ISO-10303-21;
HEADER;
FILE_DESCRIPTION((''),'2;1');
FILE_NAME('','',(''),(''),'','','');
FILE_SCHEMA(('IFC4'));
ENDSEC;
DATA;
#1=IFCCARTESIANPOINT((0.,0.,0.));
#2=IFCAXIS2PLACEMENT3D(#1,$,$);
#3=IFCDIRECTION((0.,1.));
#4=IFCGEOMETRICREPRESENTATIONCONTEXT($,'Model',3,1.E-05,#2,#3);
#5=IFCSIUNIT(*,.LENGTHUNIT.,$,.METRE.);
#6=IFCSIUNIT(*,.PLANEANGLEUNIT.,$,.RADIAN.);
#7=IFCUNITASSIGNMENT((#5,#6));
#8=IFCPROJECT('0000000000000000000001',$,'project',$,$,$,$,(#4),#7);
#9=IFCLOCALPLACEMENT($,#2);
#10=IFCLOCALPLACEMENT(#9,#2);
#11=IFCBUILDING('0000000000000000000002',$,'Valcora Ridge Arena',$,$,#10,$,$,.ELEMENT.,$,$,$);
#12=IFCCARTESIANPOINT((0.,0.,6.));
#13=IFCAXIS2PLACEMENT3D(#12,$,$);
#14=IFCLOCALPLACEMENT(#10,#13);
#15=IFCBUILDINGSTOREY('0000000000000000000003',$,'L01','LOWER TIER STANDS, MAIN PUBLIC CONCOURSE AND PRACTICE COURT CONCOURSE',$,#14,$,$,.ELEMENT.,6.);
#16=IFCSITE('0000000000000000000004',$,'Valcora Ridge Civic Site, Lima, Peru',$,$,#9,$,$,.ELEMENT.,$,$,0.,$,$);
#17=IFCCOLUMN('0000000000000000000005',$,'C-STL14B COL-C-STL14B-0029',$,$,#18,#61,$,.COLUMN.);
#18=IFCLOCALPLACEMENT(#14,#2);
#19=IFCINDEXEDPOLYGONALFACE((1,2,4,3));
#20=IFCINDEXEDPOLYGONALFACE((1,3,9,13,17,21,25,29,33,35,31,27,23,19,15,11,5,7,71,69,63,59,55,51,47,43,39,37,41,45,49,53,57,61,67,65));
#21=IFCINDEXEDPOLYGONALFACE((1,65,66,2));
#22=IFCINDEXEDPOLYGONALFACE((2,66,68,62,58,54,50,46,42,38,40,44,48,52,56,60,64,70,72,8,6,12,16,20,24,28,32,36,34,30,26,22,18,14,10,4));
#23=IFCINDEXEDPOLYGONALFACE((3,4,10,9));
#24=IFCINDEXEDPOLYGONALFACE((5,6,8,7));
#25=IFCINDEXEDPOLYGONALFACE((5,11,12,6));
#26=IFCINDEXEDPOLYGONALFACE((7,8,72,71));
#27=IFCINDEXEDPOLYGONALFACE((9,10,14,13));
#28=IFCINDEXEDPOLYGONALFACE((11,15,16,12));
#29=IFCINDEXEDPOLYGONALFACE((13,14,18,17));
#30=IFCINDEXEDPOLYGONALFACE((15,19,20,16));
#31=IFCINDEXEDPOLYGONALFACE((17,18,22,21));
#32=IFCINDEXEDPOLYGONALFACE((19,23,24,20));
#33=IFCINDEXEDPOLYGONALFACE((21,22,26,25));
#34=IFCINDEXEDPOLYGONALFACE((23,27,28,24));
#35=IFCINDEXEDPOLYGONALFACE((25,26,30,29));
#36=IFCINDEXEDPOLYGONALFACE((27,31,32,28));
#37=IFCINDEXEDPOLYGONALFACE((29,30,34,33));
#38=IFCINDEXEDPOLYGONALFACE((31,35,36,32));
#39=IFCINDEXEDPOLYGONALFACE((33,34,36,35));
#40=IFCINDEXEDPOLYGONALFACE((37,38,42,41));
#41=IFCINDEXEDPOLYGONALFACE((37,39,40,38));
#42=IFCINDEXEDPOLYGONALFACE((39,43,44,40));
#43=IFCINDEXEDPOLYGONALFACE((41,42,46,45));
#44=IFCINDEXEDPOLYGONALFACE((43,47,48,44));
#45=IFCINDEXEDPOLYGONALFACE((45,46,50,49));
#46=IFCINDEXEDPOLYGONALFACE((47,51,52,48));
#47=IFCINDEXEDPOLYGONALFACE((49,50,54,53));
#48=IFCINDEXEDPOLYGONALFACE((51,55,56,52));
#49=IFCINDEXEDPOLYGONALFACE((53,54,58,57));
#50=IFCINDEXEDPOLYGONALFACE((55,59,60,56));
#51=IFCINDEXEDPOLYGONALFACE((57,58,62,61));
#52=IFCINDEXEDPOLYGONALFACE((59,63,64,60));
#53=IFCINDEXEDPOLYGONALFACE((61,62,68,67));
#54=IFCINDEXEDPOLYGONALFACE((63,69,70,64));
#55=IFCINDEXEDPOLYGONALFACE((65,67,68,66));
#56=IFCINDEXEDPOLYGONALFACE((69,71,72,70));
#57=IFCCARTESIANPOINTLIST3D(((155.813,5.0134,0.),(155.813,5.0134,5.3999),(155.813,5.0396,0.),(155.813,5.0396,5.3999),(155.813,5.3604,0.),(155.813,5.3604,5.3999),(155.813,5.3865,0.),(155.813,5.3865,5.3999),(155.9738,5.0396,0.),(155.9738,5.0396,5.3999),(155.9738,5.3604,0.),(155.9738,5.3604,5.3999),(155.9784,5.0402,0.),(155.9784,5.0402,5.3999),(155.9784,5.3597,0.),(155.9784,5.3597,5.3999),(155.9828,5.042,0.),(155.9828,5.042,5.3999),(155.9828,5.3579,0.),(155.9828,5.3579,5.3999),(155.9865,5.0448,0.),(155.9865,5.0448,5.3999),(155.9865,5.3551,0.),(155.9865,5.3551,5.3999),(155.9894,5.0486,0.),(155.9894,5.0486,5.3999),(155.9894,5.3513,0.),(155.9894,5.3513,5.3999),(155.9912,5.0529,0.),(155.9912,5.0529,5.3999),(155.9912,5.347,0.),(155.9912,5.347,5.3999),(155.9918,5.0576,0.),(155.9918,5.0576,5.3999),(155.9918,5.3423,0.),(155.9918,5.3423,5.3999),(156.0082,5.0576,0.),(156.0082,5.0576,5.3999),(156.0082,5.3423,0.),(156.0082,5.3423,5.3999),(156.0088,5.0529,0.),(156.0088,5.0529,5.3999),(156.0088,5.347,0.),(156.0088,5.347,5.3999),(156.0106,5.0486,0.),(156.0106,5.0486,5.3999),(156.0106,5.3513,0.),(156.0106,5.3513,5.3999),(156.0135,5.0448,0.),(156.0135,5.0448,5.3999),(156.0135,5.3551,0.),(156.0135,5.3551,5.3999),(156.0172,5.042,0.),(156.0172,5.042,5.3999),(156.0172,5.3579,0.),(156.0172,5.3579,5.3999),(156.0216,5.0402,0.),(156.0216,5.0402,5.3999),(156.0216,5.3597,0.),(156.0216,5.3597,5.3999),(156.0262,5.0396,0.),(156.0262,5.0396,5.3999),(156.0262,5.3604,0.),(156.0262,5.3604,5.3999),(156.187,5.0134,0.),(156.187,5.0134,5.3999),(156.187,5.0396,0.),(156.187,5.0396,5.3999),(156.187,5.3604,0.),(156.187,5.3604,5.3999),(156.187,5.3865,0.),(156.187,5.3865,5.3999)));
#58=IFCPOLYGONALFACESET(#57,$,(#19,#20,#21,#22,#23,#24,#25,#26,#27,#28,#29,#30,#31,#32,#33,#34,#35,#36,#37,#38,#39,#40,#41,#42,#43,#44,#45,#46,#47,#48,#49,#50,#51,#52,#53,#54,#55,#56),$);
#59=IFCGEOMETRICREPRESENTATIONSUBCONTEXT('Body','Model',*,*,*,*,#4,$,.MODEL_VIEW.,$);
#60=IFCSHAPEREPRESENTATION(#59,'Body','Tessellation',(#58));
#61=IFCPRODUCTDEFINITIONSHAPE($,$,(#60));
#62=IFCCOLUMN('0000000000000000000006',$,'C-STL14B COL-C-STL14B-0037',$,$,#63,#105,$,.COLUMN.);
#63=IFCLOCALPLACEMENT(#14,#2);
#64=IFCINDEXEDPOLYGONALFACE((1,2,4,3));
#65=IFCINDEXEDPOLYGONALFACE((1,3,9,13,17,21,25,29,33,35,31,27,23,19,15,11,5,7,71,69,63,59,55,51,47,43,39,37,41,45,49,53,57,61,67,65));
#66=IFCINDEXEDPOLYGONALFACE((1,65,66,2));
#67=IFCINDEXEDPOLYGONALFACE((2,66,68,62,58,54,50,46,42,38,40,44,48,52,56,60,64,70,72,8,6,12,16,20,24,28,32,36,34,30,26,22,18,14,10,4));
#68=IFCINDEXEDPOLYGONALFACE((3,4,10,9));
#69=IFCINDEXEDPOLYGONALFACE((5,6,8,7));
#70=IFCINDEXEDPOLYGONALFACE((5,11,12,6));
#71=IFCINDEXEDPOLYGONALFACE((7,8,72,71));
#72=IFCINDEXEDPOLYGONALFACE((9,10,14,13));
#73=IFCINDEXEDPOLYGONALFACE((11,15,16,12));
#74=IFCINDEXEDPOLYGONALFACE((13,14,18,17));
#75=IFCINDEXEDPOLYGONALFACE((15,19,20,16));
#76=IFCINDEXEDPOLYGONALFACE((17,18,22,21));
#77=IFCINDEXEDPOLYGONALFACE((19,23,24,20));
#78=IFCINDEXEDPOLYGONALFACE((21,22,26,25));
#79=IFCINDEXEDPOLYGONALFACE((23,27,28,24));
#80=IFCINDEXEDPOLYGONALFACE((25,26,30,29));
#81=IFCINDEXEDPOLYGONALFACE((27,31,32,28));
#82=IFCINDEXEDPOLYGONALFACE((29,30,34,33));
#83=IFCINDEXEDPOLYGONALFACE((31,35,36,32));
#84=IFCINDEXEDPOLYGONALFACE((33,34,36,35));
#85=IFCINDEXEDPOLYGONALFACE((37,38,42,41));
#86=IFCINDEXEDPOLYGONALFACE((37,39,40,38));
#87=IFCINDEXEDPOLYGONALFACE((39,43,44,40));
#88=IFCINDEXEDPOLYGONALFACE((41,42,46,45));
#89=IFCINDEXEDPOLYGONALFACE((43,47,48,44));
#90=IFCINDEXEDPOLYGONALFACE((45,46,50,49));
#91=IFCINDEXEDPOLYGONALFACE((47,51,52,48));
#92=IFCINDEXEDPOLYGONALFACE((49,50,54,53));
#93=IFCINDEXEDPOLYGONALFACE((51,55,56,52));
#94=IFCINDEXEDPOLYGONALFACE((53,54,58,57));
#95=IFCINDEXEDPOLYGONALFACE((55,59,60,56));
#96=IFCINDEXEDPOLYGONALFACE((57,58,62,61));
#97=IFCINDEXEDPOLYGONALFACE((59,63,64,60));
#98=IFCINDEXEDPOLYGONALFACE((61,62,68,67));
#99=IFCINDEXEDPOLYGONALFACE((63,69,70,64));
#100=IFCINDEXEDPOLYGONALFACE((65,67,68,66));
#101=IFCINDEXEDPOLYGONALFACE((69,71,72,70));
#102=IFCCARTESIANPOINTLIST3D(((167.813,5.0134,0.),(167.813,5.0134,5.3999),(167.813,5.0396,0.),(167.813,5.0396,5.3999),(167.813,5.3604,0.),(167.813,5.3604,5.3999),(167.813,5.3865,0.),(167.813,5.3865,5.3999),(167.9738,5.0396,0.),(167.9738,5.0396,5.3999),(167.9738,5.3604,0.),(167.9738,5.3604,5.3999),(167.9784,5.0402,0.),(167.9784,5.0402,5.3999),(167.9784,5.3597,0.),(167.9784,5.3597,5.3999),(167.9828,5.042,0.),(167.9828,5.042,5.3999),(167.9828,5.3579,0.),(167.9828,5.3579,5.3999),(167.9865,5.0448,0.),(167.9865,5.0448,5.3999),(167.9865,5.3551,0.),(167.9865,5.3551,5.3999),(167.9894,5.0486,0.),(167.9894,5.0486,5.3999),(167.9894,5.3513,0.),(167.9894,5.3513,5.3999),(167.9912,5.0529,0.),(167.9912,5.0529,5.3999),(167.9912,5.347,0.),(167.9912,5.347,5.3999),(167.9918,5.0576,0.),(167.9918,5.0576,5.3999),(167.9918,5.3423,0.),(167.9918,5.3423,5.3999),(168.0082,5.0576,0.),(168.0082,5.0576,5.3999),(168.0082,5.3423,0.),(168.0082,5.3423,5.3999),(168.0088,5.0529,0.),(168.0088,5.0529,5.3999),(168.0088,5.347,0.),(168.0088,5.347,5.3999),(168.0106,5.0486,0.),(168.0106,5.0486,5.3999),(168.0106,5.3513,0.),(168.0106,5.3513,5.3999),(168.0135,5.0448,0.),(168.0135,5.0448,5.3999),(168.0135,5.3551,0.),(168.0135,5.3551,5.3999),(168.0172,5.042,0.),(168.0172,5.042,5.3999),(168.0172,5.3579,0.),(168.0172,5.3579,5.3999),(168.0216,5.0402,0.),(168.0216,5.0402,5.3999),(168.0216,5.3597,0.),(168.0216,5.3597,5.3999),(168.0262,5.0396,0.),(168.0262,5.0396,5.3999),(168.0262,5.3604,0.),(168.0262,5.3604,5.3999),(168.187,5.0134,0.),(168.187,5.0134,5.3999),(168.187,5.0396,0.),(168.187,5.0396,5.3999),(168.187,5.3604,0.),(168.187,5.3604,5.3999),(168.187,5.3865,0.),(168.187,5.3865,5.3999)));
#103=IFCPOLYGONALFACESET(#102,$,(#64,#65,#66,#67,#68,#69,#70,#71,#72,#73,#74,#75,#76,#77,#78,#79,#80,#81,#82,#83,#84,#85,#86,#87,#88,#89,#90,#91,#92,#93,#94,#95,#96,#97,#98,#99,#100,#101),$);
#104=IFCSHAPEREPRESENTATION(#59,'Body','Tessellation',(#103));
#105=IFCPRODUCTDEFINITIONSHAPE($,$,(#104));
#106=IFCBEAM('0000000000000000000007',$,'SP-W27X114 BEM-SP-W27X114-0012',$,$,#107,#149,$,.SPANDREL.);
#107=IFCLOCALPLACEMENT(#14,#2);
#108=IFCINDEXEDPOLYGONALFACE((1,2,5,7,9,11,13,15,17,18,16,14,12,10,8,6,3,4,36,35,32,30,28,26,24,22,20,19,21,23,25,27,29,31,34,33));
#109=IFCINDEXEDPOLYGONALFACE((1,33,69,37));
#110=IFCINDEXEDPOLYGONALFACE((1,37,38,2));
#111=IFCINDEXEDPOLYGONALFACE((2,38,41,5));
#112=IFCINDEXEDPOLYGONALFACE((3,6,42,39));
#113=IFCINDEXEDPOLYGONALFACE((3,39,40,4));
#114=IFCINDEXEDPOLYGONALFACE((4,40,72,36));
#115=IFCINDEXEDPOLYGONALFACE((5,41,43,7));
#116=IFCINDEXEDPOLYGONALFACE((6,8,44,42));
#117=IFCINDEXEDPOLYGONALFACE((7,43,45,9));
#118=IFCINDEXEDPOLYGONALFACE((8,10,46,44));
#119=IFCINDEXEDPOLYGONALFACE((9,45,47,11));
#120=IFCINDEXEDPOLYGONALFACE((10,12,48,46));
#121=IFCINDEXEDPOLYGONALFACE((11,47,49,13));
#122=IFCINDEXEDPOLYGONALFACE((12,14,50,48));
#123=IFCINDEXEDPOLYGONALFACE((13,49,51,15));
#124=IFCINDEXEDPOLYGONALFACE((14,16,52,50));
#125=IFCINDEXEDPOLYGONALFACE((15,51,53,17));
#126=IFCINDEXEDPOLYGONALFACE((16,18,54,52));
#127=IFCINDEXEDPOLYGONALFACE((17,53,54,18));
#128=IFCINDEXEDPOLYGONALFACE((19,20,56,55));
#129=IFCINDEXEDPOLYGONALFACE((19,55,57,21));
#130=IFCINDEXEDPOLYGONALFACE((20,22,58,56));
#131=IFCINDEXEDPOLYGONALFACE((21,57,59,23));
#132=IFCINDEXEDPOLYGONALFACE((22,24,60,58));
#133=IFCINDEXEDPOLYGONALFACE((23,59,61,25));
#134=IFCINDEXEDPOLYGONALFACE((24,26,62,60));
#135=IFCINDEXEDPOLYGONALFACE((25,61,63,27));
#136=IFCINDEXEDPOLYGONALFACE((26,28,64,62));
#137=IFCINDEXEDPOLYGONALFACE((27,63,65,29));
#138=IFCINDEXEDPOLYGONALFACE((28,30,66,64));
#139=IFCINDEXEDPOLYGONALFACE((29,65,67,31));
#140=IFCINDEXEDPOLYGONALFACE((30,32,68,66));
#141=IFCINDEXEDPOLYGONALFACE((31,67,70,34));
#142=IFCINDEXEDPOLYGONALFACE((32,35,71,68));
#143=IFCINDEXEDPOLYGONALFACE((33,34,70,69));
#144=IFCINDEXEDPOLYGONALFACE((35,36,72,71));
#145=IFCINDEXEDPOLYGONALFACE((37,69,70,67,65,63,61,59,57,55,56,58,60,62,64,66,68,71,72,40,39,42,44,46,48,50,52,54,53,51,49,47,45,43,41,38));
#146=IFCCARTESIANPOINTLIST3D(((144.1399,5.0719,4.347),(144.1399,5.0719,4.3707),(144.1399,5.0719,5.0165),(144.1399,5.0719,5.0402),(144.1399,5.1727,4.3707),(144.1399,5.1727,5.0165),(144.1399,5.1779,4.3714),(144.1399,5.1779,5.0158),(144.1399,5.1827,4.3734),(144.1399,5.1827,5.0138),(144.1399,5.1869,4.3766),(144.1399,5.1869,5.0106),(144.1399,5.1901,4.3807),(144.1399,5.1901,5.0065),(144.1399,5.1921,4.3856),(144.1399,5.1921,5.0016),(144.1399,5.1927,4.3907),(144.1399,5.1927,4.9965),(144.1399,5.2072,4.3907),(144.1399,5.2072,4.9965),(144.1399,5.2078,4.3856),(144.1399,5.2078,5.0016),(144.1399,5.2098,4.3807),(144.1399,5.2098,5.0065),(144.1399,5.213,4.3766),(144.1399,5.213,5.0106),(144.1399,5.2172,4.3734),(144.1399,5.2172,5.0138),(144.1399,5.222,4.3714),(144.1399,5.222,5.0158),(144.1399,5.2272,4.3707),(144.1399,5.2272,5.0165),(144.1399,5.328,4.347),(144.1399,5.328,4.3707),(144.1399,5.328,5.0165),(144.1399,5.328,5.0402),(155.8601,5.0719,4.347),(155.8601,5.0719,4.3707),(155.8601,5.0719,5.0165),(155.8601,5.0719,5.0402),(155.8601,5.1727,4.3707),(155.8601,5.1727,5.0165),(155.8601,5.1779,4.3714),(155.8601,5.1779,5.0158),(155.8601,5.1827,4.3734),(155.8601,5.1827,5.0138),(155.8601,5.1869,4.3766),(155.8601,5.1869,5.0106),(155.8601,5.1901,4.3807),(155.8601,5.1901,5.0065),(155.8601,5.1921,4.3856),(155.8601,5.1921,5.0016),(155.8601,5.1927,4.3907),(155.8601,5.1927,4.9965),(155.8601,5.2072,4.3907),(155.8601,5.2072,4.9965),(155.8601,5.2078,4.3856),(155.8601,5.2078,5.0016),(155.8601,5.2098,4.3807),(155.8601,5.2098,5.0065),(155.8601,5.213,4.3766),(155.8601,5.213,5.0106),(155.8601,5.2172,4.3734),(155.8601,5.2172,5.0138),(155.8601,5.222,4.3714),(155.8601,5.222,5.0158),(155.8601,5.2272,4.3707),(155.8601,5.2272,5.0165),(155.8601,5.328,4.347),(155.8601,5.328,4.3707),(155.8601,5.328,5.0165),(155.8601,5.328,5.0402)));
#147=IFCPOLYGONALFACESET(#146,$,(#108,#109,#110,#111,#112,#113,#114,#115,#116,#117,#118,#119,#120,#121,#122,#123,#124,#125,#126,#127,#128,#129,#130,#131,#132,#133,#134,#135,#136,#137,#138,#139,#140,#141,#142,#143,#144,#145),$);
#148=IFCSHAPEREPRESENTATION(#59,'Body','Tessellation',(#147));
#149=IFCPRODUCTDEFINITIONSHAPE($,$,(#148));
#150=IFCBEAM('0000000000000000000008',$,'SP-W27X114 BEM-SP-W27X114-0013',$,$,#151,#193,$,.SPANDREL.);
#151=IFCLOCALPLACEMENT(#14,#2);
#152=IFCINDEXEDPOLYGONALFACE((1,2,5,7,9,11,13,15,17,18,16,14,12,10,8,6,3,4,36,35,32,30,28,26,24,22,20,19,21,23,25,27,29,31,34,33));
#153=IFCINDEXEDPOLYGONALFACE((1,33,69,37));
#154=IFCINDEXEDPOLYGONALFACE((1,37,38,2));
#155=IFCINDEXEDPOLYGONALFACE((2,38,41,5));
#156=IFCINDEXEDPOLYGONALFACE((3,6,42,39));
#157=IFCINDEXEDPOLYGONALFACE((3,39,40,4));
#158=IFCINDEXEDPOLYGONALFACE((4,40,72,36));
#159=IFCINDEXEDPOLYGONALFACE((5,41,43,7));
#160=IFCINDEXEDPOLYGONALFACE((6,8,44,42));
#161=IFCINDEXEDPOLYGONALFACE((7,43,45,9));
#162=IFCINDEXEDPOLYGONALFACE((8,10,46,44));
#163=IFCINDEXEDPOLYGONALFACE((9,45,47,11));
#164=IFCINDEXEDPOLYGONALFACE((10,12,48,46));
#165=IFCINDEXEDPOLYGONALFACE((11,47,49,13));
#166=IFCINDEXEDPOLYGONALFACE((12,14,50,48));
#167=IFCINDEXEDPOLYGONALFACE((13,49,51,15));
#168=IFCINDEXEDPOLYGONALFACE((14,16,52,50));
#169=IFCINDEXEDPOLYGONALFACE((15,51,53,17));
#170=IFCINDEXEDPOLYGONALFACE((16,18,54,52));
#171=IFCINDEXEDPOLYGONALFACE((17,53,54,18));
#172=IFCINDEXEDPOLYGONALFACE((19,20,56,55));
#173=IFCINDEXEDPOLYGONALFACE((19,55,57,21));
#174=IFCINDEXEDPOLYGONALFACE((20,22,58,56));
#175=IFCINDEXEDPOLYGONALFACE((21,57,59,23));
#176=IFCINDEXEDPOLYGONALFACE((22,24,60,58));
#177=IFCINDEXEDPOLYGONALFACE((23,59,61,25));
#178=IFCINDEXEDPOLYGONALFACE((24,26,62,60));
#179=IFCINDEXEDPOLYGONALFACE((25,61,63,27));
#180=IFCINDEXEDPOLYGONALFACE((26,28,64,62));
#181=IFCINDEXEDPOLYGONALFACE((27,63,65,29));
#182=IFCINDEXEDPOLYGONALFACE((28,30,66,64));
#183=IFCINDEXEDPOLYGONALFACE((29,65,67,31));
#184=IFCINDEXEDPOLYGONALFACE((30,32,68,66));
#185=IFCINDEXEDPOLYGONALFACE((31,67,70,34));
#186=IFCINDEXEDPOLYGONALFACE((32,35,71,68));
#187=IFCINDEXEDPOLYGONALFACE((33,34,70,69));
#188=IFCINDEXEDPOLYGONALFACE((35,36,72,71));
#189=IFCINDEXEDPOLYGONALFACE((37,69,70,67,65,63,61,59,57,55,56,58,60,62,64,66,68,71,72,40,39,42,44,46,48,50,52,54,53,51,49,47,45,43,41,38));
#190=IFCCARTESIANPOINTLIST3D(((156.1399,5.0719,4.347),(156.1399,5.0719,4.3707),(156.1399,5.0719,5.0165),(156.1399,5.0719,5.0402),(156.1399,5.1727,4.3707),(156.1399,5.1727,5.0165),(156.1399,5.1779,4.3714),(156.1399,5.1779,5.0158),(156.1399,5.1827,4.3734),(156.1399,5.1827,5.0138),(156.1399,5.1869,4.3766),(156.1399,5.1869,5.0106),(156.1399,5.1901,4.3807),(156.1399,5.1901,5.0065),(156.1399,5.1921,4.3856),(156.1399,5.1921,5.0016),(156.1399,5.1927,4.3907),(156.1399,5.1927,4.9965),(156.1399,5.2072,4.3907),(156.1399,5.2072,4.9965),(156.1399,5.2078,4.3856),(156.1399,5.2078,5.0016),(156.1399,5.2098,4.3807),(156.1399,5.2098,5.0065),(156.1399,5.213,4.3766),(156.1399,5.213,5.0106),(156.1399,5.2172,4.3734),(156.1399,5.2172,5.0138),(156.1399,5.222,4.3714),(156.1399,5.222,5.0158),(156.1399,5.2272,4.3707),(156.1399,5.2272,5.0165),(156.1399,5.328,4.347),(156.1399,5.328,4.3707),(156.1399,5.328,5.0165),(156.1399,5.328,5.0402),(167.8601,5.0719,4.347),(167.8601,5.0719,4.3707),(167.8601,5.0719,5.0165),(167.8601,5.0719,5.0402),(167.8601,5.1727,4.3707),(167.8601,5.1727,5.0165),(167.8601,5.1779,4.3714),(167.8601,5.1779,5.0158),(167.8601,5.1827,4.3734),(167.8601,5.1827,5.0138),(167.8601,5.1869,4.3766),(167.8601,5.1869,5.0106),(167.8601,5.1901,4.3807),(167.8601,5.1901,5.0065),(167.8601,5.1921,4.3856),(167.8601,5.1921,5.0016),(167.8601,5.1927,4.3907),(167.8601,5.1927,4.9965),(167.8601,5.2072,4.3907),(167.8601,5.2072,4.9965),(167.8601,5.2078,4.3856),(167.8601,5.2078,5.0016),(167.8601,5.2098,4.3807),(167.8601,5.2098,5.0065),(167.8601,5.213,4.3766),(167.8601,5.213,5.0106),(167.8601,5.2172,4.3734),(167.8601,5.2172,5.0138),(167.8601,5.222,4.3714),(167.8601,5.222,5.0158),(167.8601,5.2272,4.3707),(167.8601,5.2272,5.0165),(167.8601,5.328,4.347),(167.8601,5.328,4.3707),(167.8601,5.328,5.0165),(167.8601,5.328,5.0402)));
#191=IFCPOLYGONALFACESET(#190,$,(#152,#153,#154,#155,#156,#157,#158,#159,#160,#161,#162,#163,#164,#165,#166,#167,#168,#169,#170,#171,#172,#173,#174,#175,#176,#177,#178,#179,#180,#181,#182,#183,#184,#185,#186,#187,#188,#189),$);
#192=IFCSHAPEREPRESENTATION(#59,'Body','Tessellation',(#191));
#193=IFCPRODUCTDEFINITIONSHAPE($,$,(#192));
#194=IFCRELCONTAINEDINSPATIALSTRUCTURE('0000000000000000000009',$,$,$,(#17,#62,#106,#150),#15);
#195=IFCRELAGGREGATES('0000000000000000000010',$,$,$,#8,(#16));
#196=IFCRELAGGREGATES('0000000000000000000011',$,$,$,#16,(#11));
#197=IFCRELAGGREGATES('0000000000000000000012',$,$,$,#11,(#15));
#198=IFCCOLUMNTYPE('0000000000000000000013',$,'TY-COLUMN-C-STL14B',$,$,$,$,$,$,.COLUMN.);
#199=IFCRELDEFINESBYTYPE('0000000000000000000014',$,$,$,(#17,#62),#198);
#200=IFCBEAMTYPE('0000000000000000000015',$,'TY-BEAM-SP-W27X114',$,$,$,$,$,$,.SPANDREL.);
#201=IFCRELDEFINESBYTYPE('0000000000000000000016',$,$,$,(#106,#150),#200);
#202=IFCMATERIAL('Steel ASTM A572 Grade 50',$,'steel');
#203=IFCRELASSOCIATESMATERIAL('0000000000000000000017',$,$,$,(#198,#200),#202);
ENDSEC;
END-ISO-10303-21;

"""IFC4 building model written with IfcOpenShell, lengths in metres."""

from ifc_helpers import new_model, si_unit, direction, frame, origin, origin_2d, place, context, subcontext, project, spatial, i_section, extrude, material, material_profile, profile_set, type_object, element, save


model = new_model("IFC4")

# Units and contexts
model_context = context("Model", 3, precision=1e-05, world=origin(), true_north=direction((0.0, 1.0)))
body_context = subcontext(model_context, "Body", "Model", "MODEL_VIEW")
ifc_project = project(units=[si_unit("LENGTHUNIT", "METRE"), si_unit("PLANEANGLEUNIT", "RADIAN")], contexts=[model_context])

# Site, building, storey
site_placement = place(None, origin())
site = spatial("IfcSite", under=ifc_project, at=site_placement, Name="Valcora Ridge Civic Site, Lima, Peru", CompositionType="ELEMENT", RefElevation=0.0)
building_placement = place(site_placement, origin())
building = spatial("IfcBuilding", under=site, at=building_placement, Name="Valcora Ridge Arena", CompositionType="ELEMENT")
storey_placement = place(building_placement, frame((0.0, 0.0, 6.0)))
storey = spatial("IfcBuildingStorey", under=building, at=storey_placement, Name="L01", Description="LOWER TIER STANDS, MAIN PUBLIC CONCOURSE AND PRACTICE COURT CONCOURSE", CompositionType="ELEMENT", Elevation=6.0)

# Columns
ifc_material_1 = material(Name="Steel ASTM A572 Grade 50", Category="steel")
ifc_material_profile_1 = material_profile(ifc_material_1, i_section(OverallWidth=0.374, OverallDepth=0.373, WebThickness=0.0164, FlangeThickness=0.0261, FilletRadius=0.0181, at=origin_2d()), Name="W14X132")
ifc_profile_set_1 = profile_set([ifc_material_profile_1], Name="Steel ASTM A572 Grade 50")
column_type = type_object("IfcColumnType", Name="TY-COLUMN-C-STL14B", PredefinedType="COLUMN", material=ifc_profile_set_1)
for number, where, z_axis, x_axis, name in (
    (1, (156.0, 5.2, 0.0), (0.0, 0.0, 1.0), (1.0, 0.0, 0.0), "C-STL14B COL-C-STL14B-0029"),
    (2, (168.0, 5.2, 0.0), (0.0, 0.0, 1.0), (1.0, 0.0, 0.0), "C-STL14B COL-C-STL14B-0037"),
):
    element("IfcColumn", number, at=place(storey_placement, frame(where, z_axis=z_axis, x_axis=x_axis)), inside=storey, type_object=column_type, Name=name, PredefinedType="COLUMN", context=body_context, shape_type="SweptSolid", body=[
        extrude(i_section(OverallWidth=0.374, OverallDepth=0.373, WebThickness=0.0164, FlangeThickness=0.0261, FilletRadius=0.0181, at=origin_2d()), origin(), (0.0, 0.0, 1.0), 5.3999),
    ])

# Beams
ifc_material_profile_2 = material_profile(ifc_material_1, i_section(OverallWidth=0.2561, OverallDepth=0.6931, WebThickness=0.0144, FlangeThickness=0.0237, FilletRadius=0.02, at=origin_2d()), Name="W27X114")
ifc_profile_set_2 = profile_set([ifc_material_profile_2], Name="Steel ASTM A572 Grade 50")
beam_type = type_object("IfcBeamType", Name="TY-BEAM-SP-W27X114", PredefinedType="SPANDREL", material=ifc_profile_set_2)
for number, where, z_axis, x_axis, name in (
    (3, (144.1399, 5.2, 4.6936), (1.0, 0.0, 0.0), (0.0, 1.0, 0.0), "SP-W27X114 BEM-SP-W27X114-0012"),
    (4, (156.1399, 5.2, 4.6936), (1.0, 0.0, 0.0), (0.0, 1.0, 0.0), "SP-W27X114 BEM-SP-W27X114-0013"),
):
    element("IfcBeam", number, at=place(storey_placement, frame(where, z_axis=z_axis, x_axis=x_axis)), inside=storey, type_object=beam_type, Name=name, PredefinedType="SPANDREL", context=body_context, shape_type="SweptSolid", body=[
        extrude(i_section(OverallWidth=0.2561, OverallDepth=0.6931, WebThickness=0.0144, FlangeThickness=0.0237, FilletRadius=0.02, at=origin_2d()), origin(), (0.0, 0.0, 1.0), 11.7202),
    ])

save(model, "model.ifc")
